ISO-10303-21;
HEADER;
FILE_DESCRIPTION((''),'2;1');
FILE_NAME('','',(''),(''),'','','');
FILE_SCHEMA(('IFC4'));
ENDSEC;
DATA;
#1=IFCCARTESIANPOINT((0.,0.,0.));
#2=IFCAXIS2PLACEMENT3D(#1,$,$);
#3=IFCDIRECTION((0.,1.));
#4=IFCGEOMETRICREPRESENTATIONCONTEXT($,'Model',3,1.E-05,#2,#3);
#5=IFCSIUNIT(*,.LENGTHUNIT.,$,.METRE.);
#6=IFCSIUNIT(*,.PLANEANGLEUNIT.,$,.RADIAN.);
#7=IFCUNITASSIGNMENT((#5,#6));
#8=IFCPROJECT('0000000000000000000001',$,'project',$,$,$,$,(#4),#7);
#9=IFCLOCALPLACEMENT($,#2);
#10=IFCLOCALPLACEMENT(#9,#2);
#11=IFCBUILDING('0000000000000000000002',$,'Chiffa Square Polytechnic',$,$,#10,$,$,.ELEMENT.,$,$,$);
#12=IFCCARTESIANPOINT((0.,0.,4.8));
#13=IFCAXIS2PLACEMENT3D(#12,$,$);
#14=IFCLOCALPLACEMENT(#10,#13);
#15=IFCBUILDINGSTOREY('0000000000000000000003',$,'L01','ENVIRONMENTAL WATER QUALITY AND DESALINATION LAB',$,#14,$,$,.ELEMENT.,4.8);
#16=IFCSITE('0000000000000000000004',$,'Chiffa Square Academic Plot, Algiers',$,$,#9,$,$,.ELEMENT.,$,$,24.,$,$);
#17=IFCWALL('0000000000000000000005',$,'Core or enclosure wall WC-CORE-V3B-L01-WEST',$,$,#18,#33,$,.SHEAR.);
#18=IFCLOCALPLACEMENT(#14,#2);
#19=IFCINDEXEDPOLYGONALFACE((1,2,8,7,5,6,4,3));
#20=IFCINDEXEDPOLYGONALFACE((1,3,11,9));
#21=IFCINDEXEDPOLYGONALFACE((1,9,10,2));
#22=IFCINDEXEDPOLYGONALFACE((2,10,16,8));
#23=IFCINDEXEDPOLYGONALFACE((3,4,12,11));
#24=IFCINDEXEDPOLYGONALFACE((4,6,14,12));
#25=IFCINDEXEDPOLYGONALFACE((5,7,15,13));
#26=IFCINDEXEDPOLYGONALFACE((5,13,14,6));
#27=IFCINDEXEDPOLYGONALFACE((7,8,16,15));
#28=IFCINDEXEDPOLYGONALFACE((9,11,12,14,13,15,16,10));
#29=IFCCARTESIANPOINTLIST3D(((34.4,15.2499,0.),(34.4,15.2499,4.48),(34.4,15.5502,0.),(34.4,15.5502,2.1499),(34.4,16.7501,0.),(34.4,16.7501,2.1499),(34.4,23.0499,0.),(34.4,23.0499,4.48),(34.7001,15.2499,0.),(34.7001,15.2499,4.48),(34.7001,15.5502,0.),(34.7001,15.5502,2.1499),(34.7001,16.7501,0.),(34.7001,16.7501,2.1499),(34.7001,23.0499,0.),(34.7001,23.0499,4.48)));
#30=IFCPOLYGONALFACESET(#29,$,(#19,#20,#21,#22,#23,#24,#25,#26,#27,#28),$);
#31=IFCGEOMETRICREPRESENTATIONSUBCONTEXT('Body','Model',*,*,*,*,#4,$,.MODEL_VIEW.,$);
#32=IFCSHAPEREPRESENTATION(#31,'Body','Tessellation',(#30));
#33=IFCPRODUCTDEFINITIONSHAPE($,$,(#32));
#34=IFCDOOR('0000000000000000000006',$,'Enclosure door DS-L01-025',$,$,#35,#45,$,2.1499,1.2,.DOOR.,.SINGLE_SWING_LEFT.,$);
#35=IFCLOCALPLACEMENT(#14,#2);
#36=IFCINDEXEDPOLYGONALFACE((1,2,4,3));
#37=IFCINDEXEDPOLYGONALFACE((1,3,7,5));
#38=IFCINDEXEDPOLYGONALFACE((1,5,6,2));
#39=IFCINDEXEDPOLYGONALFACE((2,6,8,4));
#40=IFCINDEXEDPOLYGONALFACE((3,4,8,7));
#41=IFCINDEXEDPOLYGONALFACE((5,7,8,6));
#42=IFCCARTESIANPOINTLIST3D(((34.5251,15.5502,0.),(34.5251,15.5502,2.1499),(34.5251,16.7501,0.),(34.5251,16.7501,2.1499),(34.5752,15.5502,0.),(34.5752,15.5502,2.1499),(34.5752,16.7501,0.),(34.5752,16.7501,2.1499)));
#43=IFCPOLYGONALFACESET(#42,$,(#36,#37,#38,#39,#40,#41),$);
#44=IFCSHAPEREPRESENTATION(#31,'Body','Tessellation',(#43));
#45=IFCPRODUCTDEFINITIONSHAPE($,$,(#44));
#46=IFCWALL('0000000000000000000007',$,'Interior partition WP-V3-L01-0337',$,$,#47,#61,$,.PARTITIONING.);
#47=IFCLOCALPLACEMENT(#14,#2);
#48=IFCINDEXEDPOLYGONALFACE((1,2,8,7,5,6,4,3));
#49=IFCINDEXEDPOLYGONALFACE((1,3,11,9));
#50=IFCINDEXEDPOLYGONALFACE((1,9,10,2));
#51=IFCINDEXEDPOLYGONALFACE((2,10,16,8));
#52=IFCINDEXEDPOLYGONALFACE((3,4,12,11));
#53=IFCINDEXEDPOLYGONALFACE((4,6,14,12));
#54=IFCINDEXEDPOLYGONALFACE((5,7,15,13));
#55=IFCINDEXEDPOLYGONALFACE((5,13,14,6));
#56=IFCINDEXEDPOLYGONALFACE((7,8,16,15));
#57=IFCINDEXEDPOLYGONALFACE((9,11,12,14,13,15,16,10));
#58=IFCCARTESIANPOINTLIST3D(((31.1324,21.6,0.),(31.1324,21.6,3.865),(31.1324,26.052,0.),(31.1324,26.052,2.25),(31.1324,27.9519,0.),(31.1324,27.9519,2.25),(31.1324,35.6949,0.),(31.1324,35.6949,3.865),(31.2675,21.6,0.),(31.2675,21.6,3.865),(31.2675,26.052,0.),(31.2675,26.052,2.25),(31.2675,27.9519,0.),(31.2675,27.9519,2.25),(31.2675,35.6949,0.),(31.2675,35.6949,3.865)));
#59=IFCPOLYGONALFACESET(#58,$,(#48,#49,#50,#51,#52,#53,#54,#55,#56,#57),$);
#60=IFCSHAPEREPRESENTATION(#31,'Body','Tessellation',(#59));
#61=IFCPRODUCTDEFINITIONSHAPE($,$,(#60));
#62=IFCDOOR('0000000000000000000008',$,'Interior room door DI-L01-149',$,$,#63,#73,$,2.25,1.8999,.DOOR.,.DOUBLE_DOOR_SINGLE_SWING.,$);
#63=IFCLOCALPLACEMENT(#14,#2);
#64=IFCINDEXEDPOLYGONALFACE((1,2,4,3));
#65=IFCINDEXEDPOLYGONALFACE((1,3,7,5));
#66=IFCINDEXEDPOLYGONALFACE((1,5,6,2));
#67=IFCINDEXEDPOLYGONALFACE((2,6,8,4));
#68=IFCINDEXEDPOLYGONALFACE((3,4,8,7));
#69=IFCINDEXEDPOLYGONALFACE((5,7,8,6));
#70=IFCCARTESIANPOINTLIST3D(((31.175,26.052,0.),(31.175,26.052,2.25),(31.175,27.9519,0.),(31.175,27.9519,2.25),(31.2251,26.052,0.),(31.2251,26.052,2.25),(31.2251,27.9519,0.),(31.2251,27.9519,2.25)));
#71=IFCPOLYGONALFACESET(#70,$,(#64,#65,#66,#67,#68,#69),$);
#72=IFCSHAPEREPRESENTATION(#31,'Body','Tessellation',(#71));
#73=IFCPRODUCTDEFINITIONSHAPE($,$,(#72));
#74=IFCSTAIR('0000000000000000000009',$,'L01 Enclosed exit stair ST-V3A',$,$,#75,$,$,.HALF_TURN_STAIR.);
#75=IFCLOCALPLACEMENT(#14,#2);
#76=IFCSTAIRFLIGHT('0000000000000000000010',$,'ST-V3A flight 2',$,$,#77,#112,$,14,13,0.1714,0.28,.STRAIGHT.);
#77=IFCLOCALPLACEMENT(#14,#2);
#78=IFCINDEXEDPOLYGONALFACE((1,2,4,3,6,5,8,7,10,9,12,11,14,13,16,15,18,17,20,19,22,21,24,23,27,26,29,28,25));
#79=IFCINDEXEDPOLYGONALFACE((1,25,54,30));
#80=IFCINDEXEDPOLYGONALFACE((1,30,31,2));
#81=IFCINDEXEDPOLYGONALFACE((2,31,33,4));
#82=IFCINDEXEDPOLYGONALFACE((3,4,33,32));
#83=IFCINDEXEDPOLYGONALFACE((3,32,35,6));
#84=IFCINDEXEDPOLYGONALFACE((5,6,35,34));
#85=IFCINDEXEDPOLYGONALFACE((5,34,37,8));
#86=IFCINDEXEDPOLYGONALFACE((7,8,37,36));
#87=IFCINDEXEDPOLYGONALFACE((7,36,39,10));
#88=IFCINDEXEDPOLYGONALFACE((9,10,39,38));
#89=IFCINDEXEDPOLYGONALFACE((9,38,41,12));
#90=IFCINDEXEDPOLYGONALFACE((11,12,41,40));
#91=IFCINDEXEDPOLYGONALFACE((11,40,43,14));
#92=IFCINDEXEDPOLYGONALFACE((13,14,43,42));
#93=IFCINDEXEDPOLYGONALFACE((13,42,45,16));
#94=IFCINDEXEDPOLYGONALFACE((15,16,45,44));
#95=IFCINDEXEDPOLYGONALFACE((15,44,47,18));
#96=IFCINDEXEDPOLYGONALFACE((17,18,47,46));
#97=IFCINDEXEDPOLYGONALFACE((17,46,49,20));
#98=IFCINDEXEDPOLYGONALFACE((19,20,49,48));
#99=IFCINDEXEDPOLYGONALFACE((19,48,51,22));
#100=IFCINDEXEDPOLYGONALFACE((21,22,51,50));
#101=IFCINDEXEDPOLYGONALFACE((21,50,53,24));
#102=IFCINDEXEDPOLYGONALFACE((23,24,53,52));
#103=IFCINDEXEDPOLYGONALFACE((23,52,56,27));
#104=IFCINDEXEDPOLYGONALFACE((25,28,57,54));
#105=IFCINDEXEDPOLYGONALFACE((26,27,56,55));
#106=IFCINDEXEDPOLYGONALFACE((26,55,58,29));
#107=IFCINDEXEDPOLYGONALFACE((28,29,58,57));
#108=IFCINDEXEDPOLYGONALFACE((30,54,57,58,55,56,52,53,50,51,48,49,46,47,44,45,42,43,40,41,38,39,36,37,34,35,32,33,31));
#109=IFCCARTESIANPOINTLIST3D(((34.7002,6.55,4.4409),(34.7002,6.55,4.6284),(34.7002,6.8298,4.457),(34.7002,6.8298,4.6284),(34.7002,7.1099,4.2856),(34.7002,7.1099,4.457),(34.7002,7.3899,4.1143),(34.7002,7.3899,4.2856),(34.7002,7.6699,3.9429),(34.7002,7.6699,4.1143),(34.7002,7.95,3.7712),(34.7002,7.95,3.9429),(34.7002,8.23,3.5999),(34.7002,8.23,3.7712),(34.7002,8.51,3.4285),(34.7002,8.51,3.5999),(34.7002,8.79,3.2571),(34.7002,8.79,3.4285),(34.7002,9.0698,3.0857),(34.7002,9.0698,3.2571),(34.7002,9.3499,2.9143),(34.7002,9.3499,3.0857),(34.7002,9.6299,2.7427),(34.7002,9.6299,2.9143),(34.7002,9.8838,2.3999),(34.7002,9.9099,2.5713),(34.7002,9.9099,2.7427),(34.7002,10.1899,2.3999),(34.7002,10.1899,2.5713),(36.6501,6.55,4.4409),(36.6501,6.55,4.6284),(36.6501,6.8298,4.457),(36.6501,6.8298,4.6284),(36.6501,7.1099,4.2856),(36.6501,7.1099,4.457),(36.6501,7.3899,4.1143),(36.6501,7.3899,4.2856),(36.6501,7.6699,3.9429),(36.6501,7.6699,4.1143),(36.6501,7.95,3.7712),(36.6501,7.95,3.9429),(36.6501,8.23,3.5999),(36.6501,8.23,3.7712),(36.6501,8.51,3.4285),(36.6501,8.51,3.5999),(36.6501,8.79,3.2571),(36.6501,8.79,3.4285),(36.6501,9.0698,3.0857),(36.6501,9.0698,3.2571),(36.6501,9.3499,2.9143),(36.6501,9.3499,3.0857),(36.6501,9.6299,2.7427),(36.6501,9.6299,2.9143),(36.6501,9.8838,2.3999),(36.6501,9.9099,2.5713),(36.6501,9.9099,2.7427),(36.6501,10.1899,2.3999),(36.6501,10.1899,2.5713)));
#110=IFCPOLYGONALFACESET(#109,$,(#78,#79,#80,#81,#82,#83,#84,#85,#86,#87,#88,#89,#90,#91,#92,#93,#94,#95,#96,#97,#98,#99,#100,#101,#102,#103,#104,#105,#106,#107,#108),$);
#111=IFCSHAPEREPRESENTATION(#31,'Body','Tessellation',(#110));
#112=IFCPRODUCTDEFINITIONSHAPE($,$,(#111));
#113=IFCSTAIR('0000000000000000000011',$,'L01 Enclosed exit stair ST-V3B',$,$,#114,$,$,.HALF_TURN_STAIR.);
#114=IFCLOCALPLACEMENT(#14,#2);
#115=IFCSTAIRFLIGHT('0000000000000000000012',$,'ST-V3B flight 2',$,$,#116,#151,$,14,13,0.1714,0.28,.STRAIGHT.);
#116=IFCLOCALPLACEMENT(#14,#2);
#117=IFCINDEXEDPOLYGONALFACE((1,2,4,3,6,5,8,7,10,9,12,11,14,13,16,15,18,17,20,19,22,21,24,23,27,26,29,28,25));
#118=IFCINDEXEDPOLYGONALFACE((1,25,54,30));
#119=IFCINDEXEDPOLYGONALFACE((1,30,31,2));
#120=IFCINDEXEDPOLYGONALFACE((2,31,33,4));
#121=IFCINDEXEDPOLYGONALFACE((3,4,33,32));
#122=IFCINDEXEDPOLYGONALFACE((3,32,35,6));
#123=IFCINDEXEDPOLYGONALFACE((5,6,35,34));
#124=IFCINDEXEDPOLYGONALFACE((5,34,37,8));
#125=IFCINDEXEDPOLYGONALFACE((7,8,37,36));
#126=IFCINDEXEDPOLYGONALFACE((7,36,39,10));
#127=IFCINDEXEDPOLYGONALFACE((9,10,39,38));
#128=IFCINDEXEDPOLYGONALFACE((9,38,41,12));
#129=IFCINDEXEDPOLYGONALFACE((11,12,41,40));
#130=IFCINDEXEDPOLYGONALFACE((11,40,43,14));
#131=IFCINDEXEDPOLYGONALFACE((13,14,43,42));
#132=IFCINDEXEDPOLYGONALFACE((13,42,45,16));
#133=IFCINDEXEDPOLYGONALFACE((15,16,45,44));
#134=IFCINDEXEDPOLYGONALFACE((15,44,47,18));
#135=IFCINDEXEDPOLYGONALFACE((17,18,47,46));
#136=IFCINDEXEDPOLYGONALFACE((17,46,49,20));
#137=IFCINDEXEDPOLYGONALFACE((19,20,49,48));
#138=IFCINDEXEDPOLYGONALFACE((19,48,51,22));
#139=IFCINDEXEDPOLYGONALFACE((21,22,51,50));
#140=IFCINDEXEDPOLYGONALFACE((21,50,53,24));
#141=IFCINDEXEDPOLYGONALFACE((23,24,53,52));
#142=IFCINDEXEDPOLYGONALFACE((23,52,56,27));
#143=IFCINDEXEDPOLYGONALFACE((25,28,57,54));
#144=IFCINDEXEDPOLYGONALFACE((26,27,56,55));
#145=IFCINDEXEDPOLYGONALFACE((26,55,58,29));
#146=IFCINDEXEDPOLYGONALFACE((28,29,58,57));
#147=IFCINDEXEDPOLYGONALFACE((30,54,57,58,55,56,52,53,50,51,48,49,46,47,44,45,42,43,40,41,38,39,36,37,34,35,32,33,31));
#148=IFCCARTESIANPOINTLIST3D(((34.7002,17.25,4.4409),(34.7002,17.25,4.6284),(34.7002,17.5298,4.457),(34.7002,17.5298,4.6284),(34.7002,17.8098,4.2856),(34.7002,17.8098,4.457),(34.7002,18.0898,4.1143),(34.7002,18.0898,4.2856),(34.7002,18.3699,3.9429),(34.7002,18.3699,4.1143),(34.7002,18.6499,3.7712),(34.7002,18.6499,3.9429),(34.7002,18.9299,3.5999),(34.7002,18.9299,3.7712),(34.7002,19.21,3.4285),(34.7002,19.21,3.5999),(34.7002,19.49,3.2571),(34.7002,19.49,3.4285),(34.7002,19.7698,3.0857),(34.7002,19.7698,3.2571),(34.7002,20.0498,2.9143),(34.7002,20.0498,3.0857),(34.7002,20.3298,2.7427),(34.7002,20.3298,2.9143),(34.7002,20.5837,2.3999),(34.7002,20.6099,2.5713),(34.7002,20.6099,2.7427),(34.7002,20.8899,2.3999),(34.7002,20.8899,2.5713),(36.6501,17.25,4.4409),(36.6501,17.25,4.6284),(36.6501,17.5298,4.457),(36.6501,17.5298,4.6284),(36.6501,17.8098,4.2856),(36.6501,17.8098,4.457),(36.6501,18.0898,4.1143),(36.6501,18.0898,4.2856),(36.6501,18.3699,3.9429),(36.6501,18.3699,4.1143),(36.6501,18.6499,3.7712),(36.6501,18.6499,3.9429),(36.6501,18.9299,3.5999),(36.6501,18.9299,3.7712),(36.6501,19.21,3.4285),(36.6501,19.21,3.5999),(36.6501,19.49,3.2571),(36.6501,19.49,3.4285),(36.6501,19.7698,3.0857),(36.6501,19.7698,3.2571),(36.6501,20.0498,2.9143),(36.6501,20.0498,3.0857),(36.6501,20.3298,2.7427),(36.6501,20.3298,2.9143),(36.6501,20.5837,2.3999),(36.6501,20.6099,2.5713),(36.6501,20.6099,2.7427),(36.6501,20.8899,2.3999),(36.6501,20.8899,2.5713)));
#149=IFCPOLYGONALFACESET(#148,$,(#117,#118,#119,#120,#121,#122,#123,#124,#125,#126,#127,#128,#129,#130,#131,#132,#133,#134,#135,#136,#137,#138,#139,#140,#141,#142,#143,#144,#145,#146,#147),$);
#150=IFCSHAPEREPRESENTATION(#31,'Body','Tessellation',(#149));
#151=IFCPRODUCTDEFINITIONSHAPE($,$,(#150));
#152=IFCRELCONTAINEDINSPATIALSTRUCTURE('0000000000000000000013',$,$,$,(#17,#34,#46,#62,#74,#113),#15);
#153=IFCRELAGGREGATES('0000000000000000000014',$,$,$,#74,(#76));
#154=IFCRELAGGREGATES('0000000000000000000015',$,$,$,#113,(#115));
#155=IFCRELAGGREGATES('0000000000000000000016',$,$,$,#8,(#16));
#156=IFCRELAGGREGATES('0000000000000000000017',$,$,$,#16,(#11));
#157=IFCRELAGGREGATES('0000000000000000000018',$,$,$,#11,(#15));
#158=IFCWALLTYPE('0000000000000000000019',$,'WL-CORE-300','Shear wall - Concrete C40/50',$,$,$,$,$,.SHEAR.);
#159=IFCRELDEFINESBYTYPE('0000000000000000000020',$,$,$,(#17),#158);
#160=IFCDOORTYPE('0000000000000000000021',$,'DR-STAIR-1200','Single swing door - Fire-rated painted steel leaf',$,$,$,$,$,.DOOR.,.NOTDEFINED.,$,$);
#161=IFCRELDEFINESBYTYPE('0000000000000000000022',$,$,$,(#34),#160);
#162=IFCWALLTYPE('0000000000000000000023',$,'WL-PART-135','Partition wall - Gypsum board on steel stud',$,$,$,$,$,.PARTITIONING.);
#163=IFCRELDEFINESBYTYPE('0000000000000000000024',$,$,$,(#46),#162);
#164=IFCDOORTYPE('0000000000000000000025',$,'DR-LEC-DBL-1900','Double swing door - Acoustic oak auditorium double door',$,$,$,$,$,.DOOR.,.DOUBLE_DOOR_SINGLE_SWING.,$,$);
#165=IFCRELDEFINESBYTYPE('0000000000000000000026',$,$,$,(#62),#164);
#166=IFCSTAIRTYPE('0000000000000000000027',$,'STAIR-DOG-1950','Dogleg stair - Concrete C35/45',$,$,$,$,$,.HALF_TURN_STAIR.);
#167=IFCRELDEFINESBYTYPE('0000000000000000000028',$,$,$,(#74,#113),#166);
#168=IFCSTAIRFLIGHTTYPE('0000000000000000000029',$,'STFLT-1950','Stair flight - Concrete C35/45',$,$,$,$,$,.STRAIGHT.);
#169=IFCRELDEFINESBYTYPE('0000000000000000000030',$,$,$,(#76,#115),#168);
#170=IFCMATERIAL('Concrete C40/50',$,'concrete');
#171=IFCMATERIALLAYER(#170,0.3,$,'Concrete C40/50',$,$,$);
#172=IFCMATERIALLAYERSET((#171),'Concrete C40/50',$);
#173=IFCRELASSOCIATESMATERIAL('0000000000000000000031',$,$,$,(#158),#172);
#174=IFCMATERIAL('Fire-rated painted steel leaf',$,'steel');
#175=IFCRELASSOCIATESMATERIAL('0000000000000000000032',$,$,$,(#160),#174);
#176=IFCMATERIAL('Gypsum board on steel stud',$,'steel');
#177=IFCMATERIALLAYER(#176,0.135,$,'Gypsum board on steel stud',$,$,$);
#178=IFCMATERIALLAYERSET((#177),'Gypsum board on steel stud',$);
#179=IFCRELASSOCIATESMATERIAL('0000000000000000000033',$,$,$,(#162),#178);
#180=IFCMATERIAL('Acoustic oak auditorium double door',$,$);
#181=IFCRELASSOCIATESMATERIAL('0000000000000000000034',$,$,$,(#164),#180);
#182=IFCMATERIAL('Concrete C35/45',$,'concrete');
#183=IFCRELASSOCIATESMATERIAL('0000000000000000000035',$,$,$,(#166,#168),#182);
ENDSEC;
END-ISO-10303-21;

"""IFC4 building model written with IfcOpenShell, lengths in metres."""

from ifc_helpers import new_model, si_unit, direction, frame, frame_2d, origin, place, context, subcontext, project, spatial, polyline, rectangle, outline, extrude, material, layer, layer_set, type_object, element, fill, aggregate, save


model = new_model("IFC4")

# Units and contexts
model_context = context("Model", 3, precision=1e-05, world=origin(), true_north=direction((0.0, 1.0)))
body_context = subcontext(model_context, "Body", "Model", "MODEL_VIEW")
ifc_project = project(units=[si_unit("LENGTHUNIT", "METRE"), si_unit("PLANEANGLEUNIT", "RADIAN")], contexts=[model_context])

# Site, building, storey
site_placement = place(None, origin())
site = spatial("IfcSite", under=ifc_project, at=site_placement, Name="Chiffa Square Academic Plot, Algiers", CompositionType="ELEMENT", RefElevation=24.0)
building_placement = place(site_placement, origin())
building = spatial("IfcBuilding", under=site, at=building_placement, Name="Chiffa Square Polytechnic", CompositionType="ELEMENT")
storey_placement = place(building_placement, frame((0.0, 0.0, 4.8)))
storey = spatial("IfcBuildingStorey", under=building, at=storey_placement, Name="L01", Description="ENVIRONMENTAL WATER QUALITY AND DESALINATION LAB", CompositionType="ELEMENT", Elevation=4.8)

# Shared definitions
ifc_material_1 = material(Name="Concrete C35/45", Category="concrete")

# Shared definitions
ifc_material_2 = material(Name="Concrete C40/50", Category="concrete")
ifc_layer_1 = layer(ifc_material_2, 0.3, Name="Concrete C40/50")
ifc_layer_set_1 = layer_set([ifc_layer_1], Name="Concrete C40/50")
wall_type_1 = type_object("IfcWallType", Name="WL-CORE-300", Description="Shear wall - Concrete C40/50", PredefinedType="SHEAR", material=ifc_layer_set_1)

# Shared definitions
ifc_material_3 = material(Name="Fire-rated painted steel leaf", Category="steel")
door_type_1 = type_object("IfcDoorType", Name="DR-STAIR-1200", Description="Single swing door - Fire-rated painted steel leaf", OperationType="NOTDEFINED", PredefinedType="DOOR", material=ifc_material_3)

# Walls, openings, doors
wall_1_placement = place(storey_placement, frame((34.55, 15.25, 0.0), z_axis=(0.0, 0.0, 1.0), x_axis=(0.0, 1.0, 0.0)))
wall_1 = element("IfcWall", 1, at=wall_1_placement, inside=storey, type_object=wall_type_1, Name="Core or enclosure wall WC-CORE-V3B-L01-WEST", PredefinedType="SHEAR", context=body_context, shape_type="SweptSolid", body=[
    extrude(rectangle(XDim=7.8, YDim=0.3, at=frame_2d((3.8999, 0.0))), origin(), (0.0, 0.0, 1.0), 4.48),
])
opening_1_placement = place(wall_1_placement, frame((0.3, 0.0, 0.0)))
opening_1 = element("IfcOpeningElement", 2, at=opening_1_placement, cuts=wall_1, PredefinedType="OPENING", context=body_context, shape_type="SweptSolid", body=[
    extrude(rectangle(XDim=1.2, YDim=2.1499, at=frame_2d((0.6001, 1.075))), frame((0.0, 0.1602, 0.0), z_axis=(0.0, -1.0, 0.0), x_axis=(1.0, 0.0, 0.0)), (0.0, 0.0, 1.0), 0.3201),
])
door_1_placement = place(opening_1_placement, origin())
door_1 = element("IfcDoor", 3, at=door_1_placement, inside=storey, type_object=door_type_1, Name="Enclosure door DS-L01-025", OperationType="SINGLE_SWING_LEFT", OverallHeight=2.1499, OverallWidth=1.2, PredefinedType="DOOR", context=body_context, shape_type="SweptSolid", body=[
    extrude(rectangle(XDim=1.2, YDim=2.1499, at=frame_2d((0.6001, 1.075))), frame((0.0, 0.0249, 0.0), z_axis=(0.0, -1.0, 0.0), x_axis=(1.0, 0.0, 0.0)), (0.0, 0.0, 1.0), 0.05),
])
fill(opening_1, door_1)
ifc_material_4 = material(Name="Gypsum board on steel stud", Category="steel")
ifc_layer_2 = layer(ifc_material_4, 0.135, Name="Gypsum board on steel stud")
ifc_layer_set_2 = layer_set([ifc_layer_2], Name="Gypsum board on steel stud")
wall_type_2 = type_object("IfcWallType", Name="WL-PART-135", Description="Partition wall - Gypsum board on steel stud", PredefinedType="PARTITIONING", material=ifc_layer_set_2)
wall_2_placement = place(storey_placement, frame((31.2, 21.6001, 0.0), z_axis=(0.0, 0.0, 1.0), x_axis=(0.0, 1.0, 0.0)))
wall_2 = element("IfcWall", 4, at=wall_2_placement, inside=storey, type_object=wall_type_2, Name="Interior partition WP-V3-L01-0337", PredefinedType="PARTITIONING", context=body_context, shape_type="SweptSolid", body=[
    extrude(rectangle(XDim=14.095, YDim=0.135, at=frame_2d((7.0474, 0.0))), origin(), (0.0, 0.0, 1.0), 3.865),
])
opening_2_placement = place(wall_2_placement, frame((4.4519, 0.0, 0.0)))
opening_2 = element("IfcOpeningElement", 5, at=opening_2_placement, cuts=wall_2, PredefinedType="OPENING", context=body_context, shape_type="SweptSolid", body=[
    extrude(rectangle(XDim=1.8999, YDim=2.25, at=frame_2d((0.95, 1.125))), frame((0.0, 0.0776, 0.0), z_axis=(0.0, -1.0, 0.0), x_axis=(1.0, 0.0, 0.0)), (0.0, 0.0, 1.0), 0.155),
])
ifc_material_5 = material(Name="Acoustic oak auditorium double door")
door_type_2 = type_object("IfcDoorType", Name="DR-LEC-DBL-1900", Description="Double swing door - Acoustic oak auditorium double door", OperationType="DOUBLE_DOOR_SINGLE_SWING", PredefinedType="DOOR", material=ifc_material_5)
door_2_placement = place(opening_2_placement, origin())
door_2 = element("IfcDoor", 6, at=door_2_placement, inside=storey, type_object=door_type_2, Name="Interior room door DI-L01-149", OperationType="DOUBLE_DOOR_SINGLE_SWING", OverallHeight=2.25, OverallWidth=1.8999, PredefinedType="DOOR", context=body_context, shape_type="SweptSolid", body=[
    extrude(rectangle(XDim=1.8999, YDim=2.25, at=frame_2d((0.95, 1.125))), frame((0.0, 0.0249, 0.0), z_axis=(0.0, -1.0, 0.0), x_axis=(1.0, 0.0, 0.0)), (0.0, 0.0, 1.0), 0.05),
])
fill(opening_2, door_2)

# Stairs, stair flights
stair_type = type_object("IfcStairType", Name="STAIR-DOG-1950", Description="Dogleg stair - Concrete C35/45", PredefinedType="HALF_TURN_STAIR", material=ifc_material_1)
stair_1_placement = place(storey_placement, origin())
stair_1 = element("IfcStair", 7, at=stair_1_placement, inside=storey, type_object=stair_type, Name="L01 Enclosed exit stair ST-V3A", PredefinedType="HALF_TURN_STAIR")
stair_flight_type = type_object("IfcStairFlightType", Name="STFLT-1950", Description="Stair flight - Concrete C35/45", PredefinedType="STRAIGHT", material=ifc_material_1)
stair_flight_1_placement = place(storey_placement, frame((35.675, 10.1899, 2.3999), z_axis=(0.0, 0.0, 1.0), x_axis=(0.0, -1.0, 0.0)))
stair_flight_1 = element("IfcStairFlight", 8, at=stair_flight_1_placement, type_object=stair_flight_type, Name="ST-V3A flight 2", NumberOfRisers=14, NumberOfTreads=13, PredefinedType="STRAIGHT", RiserHeight=0.1714, TreadLength=0.28, context=body_context, shape_type="SweptSolid", body=[
    extrude(outline(polyline([(0.0, 0.0), (0.0, 0.1714), (0.28, 0.1714), (0.28, 0.3428), (0.5601, 0.3428), (0.5601, 0.5144), (0.8401, 0.5144), (0.8401, 0.6858), (1.1201, 0.6858), (1.1201, 0.8572), (1.3999, 0.8572), (1.3999, 1.0286), (1.6799, 1.0286), (1.6799, 1.2), (1.96, 1.2), (1.96, 1.3713), (2.24, 1.3713), (2.24, 1.543), (2.52, 1.543), (2.52, 1.7144), (2.8, 1.7144), (2.8, 1.8857), (3.0801, 1.8857), (3.0801, 2.0571), (3.3601, 2.0571), (3.3601, 2.2285), (3.6399, 2.2285), (3.6399, 2.3999), (3.6399, 2.041), (0.3062, 0.0), (0.0, 0.0)])), frame((0.0, 0.9751, 0.0), z_axis=(0.0, -1.0, 0.0), x_axis=(1.0, 0.0, 0.0)), (0.0, 0.0, 1.0), 1.95),
])
aggregate(stair_1, [stair_flight_1])
stair_2_placement = place(storey_placement, origin())
stair_2 = element("IfcStair", 9, at=stair_2_placement, inside=storey, type_object=stair_type, Name="L01 Enclosed exit stair ST-V3B", PredefinedType="HALF_TURN_STAIR")
stair_flight_2_placement = place(storey_placement, frame((35.675, 20.8899, 2.3999), z_axis=(0.0, 0.0, 1.0), x_axis=(0.0, -1.0, 0.0)))
stair_flight_2 = element("IfcStairFlight", 10, at=stair_flight_2_placement, type_object=stair_flight_type, Name="ST-V3B flight 2", NumberOfRisers=14, NumberOfTreads=13, PredefinedType="STRAIGHT", RiserHeight=0.1714, TreadLength=0.28, context=body_context, shape_type="SweptSolid", body=[
    extrude(outline(polyline([(0.0, 0.0), (0.0, 0.1714), (0.28, 0.1714), (0.28, 0.3428), (0.5601, 0.3428), (0.5601, 0.5144), (0.8401, 0.5144), (0.8401, 0.6858), (1.1201, 0.6858), (1.1201, 0.8572), (1.3999, 0.8572), (1.3999, 1.0286), (1.6799, 1.0286), (1.6799, 1.2), (1.96, 1.2), (1.96, 1.3713), (2.24, 1.3713), (2.24, 1.543), (2.52, 1.543), (2.52, 1.7144), (2.8, 1.7144), (2.8, 1.8857), (3.0801, 1.8857), (3.0801, 2.0571), (3.3601, 2.0571), (3.3601, 2.2285), (3.6399, 2.2285), (3.6399, 2.3999), (3.6399, 2.041), (0.3062, 0.0), (0.0, 0.0)])), frame((0.0, 0.9751, 0.0), z_axis=(0.0, -1.0, 0.0), x_axis=(1.0, 0.0, 0.0)), (0.0, 0.0, 1.0), 1.95),
])
aggregate(stair_2, [stair_flight_2])

save(model, "model.ifc")
